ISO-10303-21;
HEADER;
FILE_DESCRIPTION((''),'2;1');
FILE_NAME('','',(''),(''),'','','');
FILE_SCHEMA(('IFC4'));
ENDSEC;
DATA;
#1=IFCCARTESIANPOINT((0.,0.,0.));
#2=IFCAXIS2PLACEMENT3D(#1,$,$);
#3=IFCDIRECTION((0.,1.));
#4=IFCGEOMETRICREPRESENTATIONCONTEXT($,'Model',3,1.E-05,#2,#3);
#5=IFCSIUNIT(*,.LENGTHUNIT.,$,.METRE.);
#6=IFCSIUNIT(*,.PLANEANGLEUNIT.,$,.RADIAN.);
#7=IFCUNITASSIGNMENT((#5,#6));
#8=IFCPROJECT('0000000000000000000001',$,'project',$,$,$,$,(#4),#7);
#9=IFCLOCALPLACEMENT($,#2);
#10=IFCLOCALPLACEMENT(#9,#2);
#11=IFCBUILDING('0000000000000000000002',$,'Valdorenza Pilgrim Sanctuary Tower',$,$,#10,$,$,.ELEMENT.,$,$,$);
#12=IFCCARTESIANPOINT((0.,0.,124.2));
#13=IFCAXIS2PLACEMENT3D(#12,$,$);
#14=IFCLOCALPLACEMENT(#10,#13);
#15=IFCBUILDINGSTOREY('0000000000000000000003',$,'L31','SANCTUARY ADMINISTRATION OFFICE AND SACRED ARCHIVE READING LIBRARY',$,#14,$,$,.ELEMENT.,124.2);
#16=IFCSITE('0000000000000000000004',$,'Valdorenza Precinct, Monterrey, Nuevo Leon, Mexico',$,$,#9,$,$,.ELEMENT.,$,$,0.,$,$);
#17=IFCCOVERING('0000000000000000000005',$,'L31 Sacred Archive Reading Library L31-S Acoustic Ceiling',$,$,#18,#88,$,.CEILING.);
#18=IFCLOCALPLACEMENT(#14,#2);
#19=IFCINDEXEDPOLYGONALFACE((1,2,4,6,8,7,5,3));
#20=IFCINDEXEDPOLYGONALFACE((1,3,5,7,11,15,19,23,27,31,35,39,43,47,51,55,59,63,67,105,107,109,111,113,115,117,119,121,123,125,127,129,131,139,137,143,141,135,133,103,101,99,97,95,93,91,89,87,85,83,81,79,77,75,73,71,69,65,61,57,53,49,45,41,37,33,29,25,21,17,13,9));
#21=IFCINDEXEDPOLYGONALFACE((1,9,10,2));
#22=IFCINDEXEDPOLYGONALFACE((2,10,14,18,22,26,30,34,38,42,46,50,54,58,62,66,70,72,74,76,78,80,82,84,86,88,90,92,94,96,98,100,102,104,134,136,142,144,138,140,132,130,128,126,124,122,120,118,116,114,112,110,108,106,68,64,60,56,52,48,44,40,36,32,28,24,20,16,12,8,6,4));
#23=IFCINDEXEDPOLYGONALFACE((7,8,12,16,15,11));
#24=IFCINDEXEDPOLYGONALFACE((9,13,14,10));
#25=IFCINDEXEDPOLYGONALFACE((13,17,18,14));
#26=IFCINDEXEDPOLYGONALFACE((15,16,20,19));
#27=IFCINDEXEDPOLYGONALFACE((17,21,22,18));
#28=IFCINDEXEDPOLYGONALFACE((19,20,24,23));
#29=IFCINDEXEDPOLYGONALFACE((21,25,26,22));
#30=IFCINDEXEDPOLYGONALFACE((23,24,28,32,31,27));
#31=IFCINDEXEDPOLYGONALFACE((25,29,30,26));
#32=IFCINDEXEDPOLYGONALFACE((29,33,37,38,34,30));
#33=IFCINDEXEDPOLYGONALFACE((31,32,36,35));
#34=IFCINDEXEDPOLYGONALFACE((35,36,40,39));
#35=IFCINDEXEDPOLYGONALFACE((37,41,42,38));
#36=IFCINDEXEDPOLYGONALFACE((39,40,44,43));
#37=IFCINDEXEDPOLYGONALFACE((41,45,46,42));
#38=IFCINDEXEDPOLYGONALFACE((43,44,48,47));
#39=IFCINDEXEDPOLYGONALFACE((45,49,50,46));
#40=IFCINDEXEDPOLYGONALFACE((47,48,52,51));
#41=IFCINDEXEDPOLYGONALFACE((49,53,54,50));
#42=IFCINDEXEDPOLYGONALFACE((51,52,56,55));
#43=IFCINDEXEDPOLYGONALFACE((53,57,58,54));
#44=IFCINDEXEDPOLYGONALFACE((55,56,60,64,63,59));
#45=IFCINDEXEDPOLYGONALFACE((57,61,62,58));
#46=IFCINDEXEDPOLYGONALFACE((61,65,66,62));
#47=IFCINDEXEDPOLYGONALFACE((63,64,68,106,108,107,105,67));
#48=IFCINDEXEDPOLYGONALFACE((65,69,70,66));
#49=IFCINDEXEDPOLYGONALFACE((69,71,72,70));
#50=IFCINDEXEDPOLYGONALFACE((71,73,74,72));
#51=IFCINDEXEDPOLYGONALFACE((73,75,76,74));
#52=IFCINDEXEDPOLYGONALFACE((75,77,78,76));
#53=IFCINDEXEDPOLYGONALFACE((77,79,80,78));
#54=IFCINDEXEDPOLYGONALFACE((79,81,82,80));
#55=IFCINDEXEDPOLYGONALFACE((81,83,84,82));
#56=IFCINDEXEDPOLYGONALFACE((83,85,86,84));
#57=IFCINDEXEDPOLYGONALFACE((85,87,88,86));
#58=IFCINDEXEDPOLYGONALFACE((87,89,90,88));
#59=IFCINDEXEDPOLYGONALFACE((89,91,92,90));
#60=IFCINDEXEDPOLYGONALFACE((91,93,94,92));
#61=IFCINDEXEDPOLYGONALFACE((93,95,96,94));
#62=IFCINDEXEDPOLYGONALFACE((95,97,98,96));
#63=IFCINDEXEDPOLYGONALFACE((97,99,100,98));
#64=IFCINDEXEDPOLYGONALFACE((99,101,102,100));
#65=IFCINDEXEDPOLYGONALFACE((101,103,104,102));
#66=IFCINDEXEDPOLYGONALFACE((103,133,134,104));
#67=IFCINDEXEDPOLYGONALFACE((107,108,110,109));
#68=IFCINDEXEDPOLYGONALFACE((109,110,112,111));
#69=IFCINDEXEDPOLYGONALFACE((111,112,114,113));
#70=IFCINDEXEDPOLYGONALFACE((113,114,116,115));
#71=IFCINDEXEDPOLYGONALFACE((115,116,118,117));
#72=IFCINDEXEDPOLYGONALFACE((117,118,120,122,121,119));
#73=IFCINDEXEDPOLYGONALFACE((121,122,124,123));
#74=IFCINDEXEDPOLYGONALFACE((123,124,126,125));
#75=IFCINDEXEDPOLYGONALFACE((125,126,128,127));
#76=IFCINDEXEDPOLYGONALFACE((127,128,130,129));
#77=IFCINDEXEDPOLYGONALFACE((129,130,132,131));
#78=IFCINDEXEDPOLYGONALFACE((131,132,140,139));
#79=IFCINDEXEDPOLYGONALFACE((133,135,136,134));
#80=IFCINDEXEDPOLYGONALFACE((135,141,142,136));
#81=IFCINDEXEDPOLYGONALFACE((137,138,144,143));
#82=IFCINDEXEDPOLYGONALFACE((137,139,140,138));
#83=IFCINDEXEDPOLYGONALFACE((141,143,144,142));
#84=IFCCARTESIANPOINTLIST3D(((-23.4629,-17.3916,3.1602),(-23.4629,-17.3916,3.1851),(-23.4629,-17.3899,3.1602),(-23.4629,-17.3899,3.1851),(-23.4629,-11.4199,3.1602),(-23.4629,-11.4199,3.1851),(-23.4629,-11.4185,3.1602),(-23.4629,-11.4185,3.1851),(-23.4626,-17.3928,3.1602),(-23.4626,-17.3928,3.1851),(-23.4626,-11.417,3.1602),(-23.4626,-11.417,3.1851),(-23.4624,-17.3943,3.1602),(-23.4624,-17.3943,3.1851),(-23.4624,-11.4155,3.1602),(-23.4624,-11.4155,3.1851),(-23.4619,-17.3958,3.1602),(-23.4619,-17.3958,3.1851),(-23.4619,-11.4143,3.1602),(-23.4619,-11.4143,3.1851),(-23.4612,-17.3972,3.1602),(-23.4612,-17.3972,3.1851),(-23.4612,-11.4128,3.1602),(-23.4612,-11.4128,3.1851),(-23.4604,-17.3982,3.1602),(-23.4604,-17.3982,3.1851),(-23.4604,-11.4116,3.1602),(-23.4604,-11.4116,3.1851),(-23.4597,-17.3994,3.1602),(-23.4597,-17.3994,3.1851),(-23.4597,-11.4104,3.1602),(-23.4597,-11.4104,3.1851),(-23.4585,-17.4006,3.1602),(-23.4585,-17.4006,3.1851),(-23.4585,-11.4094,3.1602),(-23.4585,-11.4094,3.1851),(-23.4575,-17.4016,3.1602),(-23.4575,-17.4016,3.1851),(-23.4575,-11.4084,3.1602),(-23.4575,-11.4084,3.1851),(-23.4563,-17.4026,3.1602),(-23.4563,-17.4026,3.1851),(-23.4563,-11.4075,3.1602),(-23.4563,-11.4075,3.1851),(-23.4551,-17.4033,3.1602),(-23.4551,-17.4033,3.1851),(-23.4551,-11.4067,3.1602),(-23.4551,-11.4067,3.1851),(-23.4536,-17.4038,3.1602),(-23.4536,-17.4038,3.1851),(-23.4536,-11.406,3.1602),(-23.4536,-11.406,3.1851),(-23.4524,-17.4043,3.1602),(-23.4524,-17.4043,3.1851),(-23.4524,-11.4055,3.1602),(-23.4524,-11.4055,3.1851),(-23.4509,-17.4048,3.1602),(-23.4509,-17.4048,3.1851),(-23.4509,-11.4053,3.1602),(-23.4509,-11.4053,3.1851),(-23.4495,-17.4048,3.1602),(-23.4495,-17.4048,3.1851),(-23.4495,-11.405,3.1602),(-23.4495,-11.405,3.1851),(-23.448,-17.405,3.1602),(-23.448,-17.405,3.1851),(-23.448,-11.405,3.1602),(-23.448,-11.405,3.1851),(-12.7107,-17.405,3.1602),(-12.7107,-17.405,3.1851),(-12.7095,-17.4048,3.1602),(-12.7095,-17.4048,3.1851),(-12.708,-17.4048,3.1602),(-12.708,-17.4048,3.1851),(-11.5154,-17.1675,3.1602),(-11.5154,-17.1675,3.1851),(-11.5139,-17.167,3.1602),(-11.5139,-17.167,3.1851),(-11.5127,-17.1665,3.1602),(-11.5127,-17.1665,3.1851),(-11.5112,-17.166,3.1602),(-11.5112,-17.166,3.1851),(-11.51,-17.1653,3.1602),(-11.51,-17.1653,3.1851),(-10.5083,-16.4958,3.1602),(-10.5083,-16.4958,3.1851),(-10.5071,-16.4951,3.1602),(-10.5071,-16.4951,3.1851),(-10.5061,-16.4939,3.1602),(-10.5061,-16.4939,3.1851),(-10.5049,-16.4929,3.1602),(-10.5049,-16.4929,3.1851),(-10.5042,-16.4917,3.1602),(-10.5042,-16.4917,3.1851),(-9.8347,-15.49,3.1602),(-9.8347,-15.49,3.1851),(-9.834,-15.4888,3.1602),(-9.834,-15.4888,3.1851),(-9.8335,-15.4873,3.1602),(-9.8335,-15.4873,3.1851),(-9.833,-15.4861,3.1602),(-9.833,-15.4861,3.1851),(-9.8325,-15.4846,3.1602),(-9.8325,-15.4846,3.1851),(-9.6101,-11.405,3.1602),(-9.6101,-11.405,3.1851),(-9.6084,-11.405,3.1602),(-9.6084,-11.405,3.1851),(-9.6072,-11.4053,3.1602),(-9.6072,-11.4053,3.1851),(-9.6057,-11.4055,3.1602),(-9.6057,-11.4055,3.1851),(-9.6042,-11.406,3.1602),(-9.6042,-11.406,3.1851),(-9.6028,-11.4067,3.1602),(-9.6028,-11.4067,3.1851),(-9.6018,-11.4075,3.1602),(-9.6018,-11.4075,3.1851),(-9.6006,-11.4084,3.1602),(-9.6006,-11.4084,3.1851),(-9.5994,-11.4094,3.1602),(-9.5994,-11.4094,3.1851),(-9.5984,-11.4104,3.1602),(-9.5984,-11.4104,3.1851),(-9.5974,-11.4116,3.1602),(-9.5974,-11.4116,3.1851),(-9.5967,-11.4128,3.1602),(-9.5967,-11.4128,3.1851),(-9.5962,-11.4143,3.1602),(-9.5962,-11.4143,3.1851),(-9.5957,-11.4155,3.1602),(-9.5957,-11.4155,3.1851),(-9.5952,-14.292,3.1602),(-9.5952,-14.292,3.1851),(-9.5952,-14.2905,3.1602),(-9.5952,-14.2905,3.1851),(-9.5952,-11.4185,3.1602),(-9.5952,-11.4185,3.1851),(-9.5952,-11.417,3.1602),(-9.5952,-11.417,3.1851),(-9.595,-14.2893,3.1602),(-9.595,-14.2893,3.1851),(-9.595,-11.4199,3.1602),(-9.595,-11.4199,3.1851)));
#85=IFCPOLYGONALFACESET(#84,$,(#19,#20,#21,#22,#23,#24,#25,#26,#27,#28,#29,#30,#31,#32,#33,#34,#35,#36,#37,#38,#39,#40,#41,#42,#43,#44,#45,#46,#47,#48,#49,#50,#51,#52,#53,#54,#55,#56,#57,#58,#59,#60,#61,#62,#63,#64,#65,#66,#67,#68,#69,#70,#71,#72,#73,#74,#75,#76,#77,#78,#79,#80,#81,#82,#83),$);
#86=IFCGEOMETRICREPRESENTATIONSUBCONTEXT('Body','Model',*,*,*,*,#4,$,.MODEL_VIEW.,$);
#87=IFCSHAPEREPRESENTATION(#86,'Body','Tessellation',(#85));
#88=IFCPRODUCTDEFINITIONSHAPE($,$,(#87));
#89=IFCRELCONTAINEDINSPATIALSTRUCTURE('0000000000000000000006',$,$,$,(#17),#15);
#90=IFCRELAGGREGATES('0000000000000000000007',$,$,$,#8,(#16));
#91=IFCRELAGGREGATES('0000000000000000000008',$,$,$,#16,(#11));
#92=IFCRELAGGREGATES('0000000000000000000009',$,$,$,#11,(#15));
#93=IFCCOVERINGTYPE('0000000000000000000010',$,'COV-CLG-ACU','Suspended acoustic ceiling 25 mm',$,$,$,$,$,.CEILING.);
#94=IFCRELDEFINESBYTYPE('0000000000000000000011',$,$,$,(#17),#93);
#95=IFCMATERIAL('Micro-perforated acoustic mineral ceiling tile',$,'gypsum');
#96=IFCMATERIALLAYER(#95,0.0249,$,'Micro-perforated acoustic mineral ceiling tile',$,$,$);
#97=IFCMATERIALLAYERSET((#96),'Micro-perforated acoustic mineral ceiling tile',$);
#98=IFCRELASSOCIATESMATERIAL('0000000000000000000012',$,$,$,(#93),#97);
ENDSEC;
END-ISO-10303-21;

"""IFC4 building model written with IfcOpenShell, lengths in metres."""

from ifc_helpers import new_model, si_unit, direction, frame, origin, place, context, subcontext, project, spatial, polyline, outline, extrude, material, layer, layer_set, type_object, element, save


model = new_model("IFC4")

# Units and contexts
model_context = context("Model", 3, precision=1e-05, world=origin(), true_north=direction((0.0, 1.0)))
body_context = subcontext(model_context, "Body", "Model", "MODEL_VIEW")
ifc_project = project(units=[si_unit("LENGTHUNIT", "METRE"), si_unit("PLANEANGLEUNIT", "RADIAN")], contexts=[model_context])

# Site, building, storey
site_placement = place(None, origin())
site = spatial("IfcSite", under=ifc_project, at=site_placement, Name="Valdorenza Precinct, Monterrey, Nuevo Leon, Mexico", CompositionType="ELEMENT", RefElevation=0.0)
building_placement = place(site_placement, origin())
building = spatial("IfcBuilding", under=site, at=building_placement, Name="Valdorenza Pilgrim Sanctuary Tower", CompositionType="ELEMENT")
storey_placement = place(building_placement, frame((0.0, 0.0, 124.2)))
storey = spatial("IfcBuildingStorey", under=building, at=storey_placement, Name="L31", Description="SANCTUARY ADMINISTRATION OFFICE AND SACRED ARCHIVE READING LIBRARY", CompositionType="ELEMENT", Elevation=124.2)

# Covering
ifc_material_1 = material(Name="Micro-perforated acoustic mineral ceiling tile", Category="gypsum")
ifc_layer_1 = layer(ifc_material_1, 0.0249, Name="Micro-perforated acoustic mineral ceiling tile")
ifc_layer_set_1 = layer_set([ifc_layer_1], Name="Micro-perforated acoustic mineral ceiling tile")
covering_type_1 = type_object("IfcCoveringType", Name="COV-CLG-ACU", Description="Suspended acoustic ceiling 25 mm", PredefinedType="CEILING", material=ifc_layer_set_1)
covering_1_placement = place(storey_placement, frame((0.0, 0.0, 3.1602)))
element("IfcCovering", 1, at=covering_1_placement, inside=storey, type_object=covering_type_1, Name="L31 Sacred Archive Reading Library L31-S Acoustic Ceiling", PredefinedType="CEILING", context=body_context, shape_type="SweptSolid", body=[
    extrude(outline(polyline([(-9.6101, -11.405), (-9.6084, -11.405), (-9.6072, -11.4053), (-9.6057, -11.4055), (-9.6042, -11.406), (-9.6028, -11.4067), (-9.6018, -11.4075), (-9.6006, -11.4084), (-9.5994, -11.4094), (-9.5984, -11.4104), (-9.5974, -11.4116), (-9.5967, -11.4128), (-9.5962, -11.4143), (-9.5957, -11.4155), (-9.5952, -11.417), (-9.5952, -11.4185), (-9.595, -11.4199), (-9.595, -14.2893), (-9.5952, -14.2905), (-9.5952, -14.292), (-9.8325, -15.4846), (-9.833, -15.4861), (-9.8335, -15.4873), (-9.834, -15.4888), (-9.8347, -15.49), (-10.5042, -16.4917), (-10.5049, -16.4929), (-10.5061, -16.4939), (-10.5071, -16.4951), (-10.5083, -16.4958), (-11.51, -17.1653), (-11.5112, -17.166), (-11.5127, -17.1665), (-11.5139, -17.167), (-11.5154, -17.1675), (-12.708, -17.4048), (-12.7095, -17.4048), (-12.7107, -17.405), (-23.448, -17.405), (-23.4495, -17.4048), (-23.4509, -17.4048), (-23.4524, -17.4043), (-23.4536, -17.4038), (-23.4551, -17.4033), (-23.4563, -17.4026), (-23.4575, -17.4016), (-23.4585, -17.4006), (-23.4597, -17.3994), (-23.4604, -17.3982), (-23.4612, -17.3972), (-23.4619, -17.3958), (-23.4624, -17.3943), (-23.4626, -17.3928), (-23.4629, -17.3916), (-23.4629, -17.3899), (-23.4629, -11.4199), (-23.4629, -11.4185), (-23.4626, -11.417), (-23.4624, -11.4155), (-23.4619, -11.4143), (-23.4612, -11.4128), (-23.4604, -11.4116), (-23.4597, -11.4104), (-23.4585, -11.4094), (-23.4575, -11.4084), (-23.4563, -11.4075), (-23.4551, -11.4067), (-23.4536, -11.406), (-23.4524, -11.4055), (-23.4509, -11.4053), (-23.4495, -11.405), (-23.448, -11.405), (-9.6101, -11.405)])), origin(), (0.0, 0.0, 1.0), 0.0249),
])

save(model, "model.ifc")
